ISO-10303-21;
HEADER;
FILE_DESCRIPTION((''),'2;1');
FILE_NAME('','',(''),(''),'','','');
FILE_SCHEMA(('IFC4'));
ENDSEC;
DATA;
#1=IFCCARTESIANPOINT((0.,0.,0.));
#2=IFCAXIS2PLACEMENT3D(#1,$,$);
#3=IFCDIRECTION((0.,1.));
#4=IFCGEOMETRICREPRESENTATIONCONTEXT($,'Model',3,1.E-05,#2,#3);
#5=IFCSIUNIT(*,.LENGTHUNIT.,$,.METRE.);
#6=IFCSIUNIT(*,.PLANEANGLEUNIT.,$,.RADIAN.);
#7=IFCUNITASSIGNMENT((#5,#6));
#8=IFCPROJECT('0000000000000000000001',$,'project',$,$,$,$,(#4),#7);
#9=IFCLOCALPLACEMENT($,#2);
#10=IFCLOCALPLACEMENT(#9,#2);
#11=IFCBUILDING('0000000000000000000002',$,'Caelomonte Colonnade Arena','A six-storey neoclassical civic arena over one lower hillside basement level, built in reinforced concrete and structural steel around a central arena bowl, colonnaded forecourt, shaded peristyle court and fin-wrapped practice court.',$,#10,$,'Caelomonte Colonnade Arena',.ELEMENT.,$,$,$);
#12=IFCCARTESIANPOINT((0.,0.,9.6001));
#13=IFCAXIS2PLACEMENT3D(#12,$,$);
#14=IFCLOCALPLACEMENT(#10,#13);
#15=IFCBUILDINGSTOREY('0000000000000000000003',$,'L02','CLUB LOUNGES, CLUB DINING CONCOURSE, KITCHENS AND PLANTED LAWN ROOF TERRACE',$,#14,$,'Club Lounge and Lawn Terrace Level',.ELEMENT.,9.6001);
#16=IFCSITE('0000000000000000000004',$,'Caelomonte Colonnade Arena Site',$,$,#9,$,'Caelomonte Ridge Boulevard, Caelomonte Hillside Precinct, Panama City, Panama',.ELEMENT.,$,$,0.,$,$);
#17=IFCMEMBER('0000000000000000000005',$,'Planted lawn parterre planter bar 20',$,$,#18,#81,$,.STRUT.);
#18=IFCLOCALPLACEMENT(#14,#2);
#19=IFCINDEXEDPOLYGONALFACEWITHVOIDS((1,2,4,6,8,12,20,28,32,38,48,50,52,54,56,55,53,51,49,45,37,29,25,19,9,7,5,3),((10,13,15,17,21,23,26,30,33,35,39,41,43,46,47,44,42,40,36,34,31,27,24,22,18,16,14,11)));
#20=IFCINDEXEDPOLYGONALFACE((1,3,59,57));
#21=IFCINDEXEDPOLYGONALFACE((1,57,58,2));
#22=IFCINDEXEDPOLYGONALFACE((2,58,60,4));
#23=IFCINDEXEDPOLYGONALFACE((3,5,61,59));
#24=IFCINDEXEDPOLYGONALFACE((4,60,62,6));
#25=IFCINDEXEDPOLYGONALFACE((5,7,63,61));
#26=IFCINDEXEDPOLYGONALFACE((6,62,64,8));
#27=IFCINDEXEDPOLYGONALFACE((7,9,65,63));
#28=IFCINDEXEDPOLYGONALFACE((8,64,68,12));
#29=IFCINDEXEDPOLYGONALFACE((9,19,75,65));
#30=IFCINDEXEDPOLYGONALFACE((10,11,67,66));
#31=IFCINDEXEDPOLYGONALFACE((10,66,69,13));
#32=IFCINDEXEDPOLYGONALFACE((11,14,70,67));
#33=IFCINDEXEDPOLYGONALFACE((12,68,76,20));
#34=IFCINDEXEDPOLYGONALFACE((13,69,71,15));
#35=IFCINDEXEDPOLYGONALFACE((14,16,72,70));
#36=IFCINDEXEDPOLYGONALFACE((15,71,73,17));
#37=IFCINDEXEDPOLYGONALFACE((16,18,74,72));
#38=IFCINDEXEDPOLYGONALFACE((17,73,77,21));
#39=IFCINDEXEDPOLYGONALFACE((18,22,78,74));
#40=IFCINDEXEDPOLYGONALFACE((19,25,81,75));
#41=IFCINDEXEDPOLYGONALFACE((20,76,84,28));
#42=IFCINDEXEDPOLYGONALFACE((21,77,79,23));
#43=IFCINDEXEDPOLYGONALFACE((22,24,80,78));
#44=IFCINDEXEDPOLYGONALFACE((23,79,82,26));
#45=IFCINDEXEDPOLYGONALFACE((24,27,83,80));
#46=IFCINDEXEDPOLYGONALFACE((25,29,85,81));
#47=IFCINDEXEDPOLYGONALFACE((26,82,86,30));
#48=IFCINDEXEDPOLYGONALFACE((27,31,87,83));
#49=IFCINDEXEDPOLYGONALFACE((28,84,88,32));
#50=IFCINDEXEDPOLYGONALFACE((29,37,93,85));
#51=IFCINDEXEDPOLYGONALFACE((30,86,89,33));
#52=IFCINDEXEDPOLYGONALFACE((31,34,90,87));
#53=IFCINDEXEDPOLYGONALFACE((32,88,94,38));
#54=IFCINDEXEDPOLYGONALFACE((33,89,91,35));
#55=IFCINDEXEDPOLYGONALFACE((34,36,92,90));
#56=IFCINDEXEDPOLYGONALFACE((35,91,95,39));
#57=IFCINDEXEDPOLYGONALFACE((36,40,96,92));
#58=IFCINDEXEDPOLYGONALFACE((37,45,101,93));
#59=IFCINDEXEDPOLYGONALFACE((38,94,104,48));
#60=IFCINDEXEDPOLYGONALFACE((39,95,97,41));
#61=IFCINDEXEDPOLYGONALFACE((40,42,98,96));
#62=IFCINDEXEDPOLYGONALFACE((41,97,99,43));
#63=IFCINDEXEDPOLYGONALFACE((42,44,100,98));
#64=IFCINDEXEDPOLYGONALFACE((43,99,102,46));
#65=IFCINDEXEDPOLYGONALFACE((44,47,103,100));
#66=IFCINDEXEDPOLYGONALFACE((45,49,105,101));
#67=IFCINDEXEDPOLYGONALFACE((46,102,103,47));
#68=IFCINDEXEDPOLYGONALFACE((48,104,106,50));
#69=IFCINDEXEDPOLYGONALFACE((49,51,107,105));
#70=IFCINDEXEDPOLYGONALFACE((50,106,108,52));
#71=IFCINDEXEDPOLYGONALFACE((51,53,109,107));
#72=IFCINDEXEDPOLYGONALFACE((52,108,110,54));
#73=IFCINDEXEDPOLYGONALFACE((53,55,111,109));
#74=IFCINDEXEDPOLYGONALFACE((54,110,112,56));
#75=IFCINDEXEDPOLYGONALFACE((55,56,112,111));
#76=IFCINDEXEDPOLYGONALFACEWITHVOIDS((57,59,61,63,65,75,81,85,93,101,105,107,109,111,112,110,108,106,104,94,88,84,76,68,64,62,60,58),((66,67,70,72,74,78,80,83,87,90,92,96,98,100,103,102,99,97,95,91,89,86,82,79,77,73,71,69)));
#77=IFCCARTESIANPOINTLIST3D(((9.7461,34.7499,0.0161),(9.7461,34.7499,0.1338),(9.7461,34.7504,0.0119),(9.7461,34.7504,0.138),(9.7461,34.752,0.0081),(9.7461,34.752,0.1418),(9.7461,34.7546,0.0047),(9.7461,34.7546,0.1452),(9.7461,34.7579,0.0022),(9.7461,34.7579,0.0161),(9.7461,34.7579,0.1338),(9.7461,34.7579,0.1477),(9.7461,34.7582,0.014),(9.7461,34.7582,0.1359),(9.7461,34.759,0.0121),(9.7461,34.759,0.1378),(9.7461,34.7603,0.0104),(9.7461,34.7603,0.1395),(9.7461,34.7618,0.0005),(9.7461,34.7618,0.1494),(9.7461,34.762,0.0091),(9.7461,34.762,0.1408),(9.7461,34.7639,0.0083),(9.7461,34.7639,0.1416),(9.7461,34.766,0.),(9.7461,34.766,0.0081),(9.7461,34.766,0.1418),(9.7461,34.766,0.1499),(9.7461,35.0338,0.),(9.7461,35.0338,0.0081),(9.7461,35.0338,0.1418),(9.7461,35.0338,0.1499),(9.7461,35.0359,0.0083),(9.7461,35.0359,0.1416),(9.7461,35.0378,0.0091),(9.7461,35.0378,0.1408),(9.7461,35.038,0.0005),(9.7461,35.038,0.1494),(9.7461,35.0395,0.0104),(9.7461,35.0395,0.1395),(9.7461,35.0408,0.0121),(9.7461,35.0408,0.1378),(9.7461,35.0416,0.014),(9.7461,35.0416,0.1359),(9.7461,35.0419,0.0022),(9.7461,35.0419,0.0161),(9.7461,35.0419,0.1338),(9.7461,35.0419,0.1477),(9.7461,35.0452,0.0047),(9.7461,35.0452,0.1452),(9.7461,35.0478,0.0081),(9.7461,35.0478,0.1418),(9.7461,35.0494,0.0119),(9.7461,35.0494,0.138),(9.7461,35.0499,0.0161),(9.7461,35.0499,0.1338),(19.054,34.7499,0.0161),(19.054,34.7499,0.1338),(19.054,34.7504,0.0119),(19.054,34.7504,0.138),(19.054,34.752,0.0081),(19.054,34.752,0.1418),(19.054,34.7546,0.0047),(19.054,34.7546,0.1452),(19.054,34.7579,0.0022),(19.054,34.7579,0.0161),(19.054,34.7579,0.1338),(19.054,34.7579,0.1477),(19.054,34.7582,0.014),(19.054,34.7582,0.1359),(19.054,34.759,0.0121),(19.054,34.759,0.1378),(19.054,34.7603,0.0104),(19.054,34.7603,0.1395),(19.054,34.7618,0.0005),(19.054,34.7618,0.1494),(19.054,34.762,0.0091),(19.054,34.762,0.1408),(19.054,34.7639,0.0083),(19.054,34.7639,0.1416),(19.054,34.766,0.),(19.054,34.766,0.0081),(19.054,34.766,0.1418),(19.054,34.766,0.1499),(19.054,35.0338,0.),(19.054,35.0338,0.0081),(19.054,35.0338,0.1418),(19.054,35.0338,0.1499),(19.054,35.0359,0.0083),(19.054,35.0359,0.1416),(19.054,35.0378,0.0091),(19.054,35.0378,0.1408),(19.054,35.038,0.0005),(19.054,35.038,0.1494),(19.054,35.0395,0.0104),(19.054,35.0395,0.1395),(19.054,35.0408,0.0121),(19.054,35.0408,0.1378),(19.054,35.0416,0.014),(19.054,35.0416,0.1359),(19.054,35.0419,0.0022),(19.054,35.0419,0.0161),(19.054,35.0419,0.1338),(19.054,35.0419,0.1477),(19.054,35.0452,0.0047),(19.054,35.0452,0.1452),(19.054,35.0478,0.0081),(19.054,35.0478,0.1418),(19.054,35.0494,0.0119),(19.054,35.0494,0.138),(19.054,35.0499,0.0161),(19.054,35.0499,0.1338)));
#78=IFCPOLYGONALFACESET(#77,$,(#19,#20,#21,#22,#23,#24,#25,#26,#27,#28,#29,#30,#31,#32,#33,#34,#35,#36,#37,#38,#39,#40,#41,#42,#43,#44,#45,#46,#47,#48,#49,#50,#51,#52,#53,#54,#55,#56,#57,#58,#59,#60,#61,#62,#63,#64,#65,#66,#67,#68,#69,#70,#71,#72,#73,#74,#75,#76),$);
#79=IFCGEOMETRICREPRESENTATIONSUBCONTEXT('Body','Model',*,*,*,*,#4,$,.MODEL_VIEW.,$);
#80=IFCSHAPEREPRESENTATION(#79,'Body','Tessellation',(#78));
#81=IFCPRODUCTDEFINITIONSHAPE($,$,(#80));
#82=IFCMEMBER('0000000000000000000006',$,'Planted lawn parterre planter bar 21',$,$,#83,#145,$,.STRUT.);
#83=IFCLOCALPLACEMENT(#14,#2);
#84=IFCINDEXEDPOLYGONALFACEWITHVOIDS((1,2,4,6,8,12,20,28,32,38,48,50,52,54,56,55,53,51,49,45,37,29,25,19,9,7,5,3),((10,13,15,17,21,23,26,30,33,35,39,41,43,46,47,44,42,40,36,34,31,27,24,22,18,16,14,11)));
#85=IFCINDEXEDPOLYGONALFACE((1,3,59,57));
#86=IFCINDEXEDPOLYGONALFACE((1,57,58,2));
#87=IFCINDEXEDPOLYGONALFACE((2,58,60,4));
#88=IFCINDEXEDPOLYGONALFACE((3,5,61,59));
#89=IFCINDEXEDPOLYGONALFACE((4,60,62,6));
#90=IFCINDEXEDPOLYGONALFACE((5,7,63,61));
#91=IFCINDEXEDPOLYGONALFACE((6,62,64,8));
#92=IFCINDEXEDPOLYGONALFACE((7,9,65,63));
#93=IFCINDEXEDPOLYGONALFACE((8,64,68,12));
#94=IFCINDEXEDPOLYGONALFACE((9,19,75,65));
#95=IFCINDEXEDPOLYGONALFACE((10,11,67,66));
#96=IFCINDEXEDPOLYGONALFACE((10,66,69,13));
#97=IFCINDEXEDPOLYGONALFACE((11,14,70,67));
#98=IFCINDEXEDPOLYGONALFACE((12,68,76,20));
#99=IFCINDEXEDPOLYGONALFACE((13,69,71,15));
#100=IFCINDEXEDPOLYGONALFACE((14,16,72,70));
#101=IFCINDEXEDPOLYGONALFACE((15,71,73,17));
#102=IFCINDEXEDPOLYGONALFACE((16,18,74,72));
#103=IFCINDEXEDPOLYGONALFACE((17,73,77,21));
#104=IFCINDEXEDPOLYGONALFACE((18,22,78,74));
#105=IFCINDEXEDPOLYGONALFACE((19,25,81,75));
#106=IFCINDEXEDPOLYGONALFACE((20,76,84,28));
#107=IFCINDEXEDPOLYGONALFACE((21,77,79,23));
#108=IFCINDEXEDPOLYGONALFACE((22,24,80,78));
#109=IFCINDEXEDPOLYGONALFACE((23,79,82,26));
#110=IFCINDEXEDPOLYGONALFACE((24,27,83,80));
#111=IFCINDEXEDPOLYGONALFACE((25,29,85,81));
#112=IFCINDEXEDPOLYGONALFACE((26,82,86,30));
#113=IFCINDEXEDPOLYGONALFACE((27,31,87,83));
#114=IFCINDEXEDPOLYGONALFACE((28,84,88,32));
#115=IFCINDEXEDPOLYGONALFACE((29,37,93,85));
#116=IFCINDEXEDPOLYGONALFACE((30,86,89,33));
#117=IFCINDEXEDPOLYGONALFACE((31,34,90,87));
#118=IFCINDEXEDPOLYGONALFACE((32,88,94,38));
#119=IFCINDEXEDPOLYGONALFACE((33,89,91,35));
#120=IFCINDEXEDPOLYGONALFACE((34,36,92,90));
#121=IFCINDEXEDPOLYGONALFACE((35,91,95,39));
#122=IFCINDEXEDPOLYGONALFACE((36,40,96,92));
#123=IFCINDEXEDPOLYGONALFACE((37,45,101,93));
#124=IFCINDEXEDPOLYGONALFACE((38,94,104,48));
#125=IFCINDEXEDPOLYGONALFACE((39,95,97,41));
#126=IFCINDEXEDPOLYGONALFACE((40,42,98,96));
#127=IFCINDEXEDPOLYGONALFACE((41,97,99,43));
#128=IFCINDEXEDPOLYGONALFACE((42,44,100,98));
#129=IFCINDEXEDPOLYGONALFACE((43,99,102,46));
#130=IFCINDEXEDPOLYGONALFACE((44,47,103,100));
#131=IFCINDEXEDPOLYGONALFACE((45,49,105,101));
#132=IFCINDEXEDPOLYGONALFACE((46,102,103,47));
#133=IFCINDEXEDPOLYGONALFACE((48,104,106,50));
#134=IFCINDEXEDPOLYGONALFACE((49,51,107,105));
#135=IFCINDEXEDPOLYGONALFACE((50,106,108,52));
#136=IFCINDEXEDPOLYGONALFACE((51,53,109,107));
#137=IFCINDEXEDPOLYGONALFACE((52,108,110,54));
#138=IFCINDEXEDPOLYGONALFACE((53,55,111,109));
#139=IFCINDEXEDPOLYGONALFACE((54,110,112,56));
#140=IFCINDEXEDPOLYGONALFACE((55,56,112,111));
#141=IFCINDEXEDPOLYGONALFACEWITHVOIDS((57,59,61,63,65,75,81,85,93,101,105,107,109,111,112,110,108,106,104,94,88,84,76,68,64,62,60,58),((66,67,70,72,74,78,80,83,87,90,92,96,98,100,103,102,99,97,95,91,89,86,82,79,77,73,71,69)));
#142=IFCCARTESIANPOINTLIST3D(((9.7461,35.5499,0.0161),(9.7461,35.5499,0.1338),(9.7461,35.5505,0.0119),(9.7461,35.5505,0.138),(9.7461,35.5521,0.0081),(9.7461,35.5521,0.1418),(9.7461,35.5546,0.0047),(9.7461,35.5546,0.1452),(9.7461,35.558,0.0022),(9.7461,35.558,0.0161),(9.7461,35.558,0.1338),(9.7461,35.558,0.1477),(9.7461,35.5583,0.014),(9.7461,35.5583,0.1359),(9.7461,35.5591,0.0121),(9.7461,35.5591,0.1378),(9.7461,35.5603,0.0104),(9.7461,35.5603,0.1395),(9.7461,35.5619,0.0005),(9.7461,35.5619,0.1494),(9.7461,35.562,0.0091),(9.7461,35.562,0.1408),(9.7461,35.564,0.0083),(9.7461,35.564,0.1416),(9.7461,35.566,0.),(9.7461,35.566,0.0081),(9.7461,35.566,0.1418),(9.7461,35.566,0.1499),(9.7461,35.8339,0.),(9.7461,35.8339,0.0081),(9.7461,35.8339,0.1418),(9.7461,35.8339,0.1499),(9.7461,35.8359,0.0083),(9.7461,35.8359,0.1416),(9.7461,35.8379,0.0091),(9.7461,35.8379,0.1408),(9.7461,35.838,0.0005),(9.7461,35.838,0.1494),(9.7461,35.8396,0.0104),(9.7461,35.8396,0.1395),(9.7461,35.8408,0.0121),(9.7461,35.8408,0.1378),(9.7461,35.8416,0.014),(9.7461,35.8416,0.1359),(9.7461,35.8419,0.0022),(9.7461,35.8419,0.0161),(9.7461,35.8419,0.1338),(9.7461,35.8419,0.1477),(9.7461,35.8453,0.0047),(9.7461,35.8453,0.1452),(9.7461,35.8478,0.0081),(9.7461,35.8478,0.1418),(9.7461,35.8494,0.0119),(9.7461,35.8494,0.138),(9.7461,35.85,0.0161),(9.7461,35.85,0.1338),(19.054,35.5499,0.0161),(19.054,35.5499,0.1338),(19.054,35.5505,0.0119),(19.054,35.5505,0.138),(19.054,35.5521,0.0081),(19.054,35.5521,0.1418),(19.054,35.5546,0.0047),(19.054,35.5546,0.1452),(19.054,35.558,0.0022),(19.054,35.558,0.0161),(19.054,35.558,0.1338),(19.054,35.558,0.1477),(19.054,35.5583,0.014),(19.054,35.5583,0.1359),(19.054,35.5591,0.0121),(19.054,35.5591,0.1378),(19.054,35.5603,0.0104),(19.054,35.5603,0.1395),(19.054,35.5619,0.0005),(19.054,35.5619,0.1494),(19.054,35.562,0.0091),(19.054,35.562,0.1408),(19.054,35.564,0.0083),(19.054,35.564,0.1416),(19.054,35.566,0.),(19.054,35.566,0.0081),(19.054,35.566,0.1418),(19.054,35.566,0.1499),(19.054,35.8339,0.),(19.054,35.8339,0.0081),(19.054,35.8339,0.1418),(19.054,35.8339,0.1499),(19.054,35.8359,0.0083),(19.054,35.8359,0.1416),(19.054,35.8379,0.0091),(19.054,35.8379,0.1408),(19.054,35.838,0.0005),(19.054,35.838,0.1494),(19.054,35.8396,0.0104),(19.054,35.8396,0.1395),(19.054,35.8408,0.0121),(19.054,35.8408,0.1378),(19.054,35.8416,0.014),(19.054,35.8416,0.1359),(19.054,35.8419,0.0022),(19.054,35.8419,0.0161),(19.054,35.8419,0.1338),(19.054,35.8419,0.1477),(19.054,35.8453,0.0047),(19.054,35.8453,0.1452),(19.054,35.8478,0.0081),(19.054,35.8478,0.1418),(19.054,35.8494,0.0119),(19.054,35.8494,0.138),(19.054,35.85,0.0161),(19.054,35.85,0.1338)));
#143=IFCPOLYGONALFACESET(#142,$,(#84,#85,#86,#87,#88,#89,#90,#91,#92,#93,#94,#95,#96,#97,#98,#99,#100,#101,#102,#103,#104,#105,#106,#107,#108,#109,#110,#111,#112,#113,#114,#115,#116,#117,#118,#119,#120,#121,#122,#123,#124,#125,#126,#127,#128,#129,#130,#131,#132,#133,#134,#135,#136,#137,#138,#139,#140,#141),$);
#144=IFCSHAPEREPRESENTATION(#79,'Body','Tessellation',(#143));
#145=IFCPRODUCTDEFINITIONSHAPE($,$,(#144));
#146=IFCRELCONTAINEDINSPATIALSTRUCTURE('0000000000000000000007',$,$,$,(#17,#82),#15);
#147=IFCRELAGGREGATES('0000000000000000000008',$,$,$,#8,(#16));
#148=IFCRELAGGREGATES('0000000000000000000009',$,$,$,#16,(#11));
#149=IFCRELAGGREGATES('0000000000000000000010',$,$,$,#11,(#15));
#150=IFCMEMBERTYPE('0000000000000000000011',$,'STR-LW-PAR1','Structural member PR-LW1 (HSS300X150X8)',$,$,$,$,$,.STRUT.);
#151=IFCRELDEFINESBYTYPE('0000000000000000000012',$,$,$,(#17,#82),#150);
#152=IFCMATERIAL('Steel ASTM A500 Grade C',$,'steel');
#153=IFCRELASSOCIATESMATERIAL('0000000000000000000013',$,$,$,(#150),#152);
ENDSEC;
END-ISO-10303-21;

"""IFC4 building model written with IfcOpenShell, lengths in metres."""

from ifc_helpers import new_model, si_unit, direction, frame, origin, origin_2d, place, context, subcontext, project, spatial, hollow_rectangle, extrude, material, material_profile, profile_set, type_object, element, save


model = new_model("IFC4")

# Units and contexts
model_context = context("Model", 3, precision=1e-05, world=origin(), true_north=direction((0.0, 1.0)))
body_context = subcontext(model_context, "Body", "Model", "MODEL_VIEW")
ifc_project = project(units=[si_unit("LENGTHUNIT", "METRE"), si_unit("PLANEANGLEUNIT", "RADIAN")], contexts=[model_context])

# Site, building, storey
site_placement = place(None, origin())
site = spatial("IfcSite", under=ifc_project, at=site_placement, Name="Caelomonte Colonnade Arena Site", LongName="Caelomonte Ridge Boulevard, Caelomonte Hillside Precinct, Panama City, Panama", CompositionType="ELEMENT", RefElevation=0.0)
building_placement = place(site_placement, origin())
building = spatial("IfcBuilding", under=site, at=building_placement, Name="Caelomonte Colonnade Arena", Description="A six-storey neoclassical civic arena over one lower hillside basement level, built in reinforced concrete and structural steel around a central arena bowl, colonnaded forecourt, shaded peristyle court and fin-wrapped practice court.", LongName="Caelomonte Colonnade Arena", CompositionType="ELEMENT")
storey_placement = place(building_placement, frame((0.0, 0.0, 9.6001)))
storey = spatial("IfcBuildingStorey", under=building, at=storey_placement, Name="L02", Description="CLUB LOUNGES, CLUB DINING CONCOURSE, KITCHENS AND PLANTED LAWN ROOF TERRACE", LongName="Club Lounge and Lawn Terrace Level", CompositionType="ELEMENT", Elevation=9.6001)

# Members
ifc_material_1 = material(Name="Steel ASTM A500 Grade C", Category="steel")
ifc_material_profile_1 = material_profile(ifc_material_1, hollow_rectangle(XDim=0.3, YDim=0.1499, WallThickness=0.0081, InnerFilletRadius=0.0081, OuterFilletRadius=0.0161, at=origin_2d()), Name="HSS300X150X8")
ifc_profile_set_1 = profile_set([ifc_material_profile_1], Name="Steel ASTM A500 Grade C")
member_type = type_object("IfcMemberType", Name="STR-LW-PAR1", Description="Structural member PR-LW1 (HSS300X150X8)", PredefinedType="STRUT", material=ifc_profile_set_1)
for number, where, z_axis, x_axis, name in (
    (1, (9.7461, 34.8999, 0.075), (1.0, 0.0, 0.0), (0.0, 1.0, 0.0), "Planted lawn parterre planter bar 20"),
    (2, (9.7461, 35.7, 0.075), (1.0, 0.0, 0.0), (0.0, 1.0, 0.0), "Planted lawn parterre planter bar 21"),
):
    element("IfcMember", number, at=place(storey_placement, frame(where, z_axis=z_axis, x_axis=x_axis)), inside=storey, type_object=member_type, Name=name, PredefinedType="STRUT", context=body_context, shape_type="SweptSolid", body=[
        extrude(hollow_rectangle(XDim=0.3, YDim=0.1499, WallThickness=0.0081, InnerFilletRadius=0.0081, OuterFilletRadius=0.0161, at=origin_2d()), origin(), (0.0, 0.0, 1.0), 9.3079),
    ])

save(model, "model.ifc")
